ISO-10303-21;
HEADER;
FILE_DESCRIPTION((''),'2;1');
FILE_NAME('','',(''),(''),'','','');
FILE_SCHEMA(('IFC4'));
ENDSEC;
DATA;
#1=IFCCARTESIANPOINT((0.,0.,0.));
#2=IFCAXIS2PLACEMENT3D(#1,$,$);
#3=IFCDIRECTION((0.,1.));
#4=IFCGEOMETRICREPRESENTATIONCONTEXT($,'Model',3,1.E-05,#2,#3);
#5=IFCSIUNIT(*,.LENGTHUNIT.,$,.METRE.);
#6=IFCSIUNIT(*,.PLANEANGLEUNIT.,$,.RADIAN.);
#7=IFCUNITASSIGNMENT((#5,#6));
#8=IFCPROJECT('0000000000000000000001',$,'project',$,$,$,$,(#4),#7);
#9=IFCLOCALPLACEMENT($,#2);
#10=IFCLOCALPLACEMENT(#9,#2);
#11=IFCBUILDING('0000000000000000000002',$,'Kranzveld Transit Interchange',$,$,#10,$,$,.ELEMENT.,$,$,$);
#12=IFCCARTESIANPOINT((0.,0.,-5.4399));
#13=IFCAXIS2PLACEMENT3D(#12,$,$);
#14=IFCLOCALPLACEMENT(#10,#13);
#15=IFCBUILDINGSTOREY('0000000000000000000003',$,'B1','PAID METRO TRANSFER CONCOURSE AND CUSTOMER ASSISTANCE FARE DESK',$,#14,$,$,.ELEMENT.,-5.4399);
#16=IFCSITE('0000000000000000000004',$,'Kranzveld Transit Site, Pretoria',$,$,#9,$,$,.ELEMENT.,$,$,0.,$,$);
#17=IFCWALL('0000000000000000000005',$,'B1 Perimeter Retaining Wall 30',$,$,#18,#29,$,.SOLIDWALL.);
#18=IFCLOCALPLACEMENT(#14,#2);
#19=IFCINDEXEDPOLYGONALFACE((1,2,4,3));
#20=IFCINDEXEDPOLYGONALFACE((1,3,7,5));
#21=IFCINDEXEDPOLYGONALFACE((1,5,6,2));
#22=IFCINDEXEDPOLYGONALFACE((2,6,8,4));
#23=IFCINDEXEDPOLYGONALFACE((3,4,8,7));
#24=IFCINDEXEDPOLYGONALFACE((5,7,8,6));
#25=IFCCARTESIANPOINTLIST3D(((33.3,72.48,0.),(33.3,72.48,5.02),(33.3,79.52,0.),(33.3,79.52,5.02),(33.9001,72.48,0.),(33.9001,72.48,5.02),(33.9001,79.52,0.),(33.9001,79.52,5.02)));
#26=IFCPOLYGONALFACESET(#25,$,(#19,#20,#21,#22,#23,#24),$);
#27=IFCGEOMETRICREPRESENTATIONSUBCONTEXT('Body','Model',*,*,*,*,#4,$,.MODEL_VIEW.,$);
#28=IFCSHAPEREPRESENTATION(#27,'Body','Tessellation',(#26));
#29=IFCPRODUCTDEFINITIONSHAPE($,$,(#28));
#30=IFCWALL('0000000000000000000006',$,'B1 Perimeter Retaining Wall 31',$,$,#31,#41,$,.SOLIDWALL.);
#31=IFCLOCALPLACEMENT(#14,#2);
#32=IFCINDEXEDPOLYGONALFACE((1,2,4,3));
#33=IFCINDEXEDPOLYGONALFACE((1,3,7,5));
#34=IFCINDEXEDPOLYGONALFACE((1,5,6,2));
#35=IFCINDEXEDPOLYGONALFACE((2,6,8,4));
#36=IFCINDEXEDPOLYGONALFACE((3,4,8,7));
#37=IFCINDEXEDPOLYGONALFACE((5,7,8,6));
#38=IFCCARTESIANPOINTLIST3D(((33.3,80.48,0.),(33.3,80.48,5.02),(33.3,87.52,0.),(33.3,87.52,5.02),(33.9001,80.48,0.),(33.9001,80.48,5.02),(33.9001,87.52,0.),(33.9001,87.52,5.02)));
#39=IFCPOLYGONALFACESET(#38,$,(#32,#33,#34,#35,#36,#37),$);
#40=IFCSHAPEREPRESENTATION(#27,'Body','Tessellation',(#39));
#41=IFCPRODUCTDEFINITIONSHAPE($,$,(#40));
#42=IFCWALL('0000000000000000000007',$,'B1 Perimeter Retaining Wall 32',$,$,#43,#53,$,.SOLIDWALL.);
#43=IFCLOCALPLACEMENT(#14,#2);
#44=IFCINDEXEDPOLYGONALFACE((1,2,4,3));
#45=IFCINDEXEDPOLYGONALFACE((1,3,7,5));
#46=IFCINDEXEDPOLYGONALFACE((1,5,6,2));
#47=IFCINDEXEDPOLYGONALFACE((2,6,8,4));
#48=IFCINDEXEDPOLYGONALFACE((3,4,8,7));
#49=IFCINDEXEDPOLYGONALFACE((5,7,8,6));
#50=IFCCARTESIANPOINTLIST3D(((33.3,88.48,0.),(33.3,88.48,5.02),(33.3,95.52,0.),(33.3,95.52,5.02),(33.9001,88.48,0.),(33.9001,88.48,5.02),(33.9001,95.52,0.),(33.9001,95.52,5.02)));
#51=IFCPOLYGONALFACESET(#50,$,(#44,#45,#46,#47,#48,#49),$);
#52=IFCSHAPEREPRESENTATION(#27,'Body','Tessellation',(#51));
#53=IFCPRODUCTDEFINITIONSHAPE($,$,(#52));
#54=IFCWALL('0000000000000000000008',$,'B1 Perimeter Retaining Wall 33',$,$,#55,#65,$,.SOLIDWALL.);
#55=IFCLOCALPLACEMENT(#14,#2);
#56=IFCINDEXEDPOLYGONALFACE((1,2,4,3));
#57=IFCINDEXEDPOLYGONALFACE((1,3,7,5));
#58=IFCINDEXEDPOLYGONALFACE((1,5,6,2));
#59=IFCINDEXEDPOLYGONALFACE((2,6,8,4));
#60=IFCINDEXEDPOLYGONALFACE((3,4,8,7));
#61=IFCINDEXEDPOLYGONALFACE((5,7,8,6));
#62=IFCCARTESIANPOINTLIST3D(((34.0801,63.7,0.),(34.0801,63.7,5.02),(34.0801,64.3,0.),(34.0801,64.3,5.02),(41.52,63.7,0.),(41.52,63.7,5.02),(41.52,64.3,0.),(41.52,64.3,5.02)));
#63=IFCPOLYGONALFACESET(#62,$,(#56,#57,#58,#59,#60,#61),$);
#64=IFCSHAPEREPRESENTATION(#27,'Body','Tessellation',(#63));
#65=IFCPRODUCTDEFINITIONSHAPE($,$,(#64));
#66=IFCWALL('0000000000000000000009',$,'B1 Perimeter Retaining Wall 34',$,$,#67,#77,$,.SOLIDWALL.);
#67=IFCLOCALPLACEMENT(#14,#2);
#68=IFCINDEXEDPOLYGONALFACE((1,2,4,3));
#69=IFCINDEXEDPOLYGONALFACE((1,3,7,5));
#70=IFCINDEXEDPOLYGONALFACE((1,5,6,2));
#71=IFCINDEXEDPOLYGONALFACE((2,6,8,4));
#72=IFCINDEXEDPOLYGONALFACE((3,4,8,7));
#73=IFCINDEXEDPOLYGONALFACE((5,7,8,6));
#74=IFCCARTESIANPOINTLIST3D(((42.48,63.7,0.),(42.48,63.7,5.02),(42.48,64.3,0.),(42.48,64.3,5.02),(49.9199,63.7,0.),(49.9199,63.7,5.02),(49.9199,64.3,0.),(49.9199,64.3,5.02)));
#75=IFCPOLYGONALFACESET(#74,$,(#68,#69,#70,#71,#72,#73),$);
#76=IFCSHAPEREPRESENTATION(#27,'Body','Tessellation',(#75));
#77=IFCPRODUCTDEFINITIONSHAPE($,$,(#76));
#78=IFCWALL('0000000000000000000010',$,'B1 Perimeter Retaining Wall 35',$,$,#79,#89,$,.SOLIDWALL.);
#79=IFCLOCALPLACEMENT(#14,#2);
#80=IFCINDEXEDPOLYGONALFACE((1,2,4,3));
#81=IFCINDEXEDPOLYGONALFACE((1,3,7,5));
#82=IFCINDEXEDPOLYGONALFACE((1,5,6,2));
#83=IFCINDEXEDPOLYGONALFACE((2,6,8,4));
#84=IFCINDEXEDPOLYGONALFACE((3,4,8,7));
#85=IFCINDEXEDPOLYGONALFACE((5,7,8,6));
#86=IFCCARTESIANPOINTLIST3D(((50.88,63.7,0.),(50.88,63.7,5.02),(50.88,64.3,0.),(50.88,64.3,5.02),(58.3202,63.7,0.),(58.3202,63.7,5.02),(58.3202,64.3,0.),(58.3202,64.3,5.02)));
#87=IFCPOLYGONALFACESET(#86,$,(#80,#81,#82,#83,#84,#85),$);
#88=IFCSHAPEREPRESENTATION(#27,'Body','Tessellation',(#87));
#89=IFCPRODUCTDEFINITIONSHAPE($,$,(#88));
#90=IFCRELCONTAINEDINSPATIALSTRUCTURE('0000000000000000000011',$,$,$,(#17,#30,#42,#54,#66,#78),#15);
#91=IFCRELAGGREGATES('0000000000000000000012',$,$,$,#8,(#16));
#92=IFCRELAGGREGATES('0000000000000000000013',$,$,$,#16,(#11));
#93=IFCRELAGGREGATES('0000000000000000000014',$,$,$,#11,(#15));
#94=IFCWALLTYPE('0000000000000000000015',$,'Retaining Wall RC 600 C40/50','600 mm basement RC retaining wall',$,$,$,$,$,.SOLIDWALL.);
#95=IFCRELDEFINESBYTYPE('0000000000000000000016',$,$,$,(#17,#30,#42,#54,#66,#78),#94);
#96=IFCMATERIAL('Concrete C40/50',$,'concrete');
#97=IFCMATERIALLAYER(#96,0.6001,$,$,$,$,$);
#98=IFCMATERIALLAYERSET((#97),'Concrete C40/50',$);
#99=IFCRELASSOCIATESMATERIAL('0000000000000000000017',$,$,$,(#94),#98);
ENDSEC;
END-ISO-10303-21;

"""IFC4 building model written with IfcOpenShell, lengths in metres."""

from ifc_helpers import new_model, si_unit, direction, frame, frame_2d, origin, place, context, subcontext, project, spatial, rectangle, extrude, material, layer, layer_set, type_object, element, save


model = new_model("IFC4")

# Units and contexts
model_context = context("Model", 3, precision=1e-05, world=origin(), true_north=direction((0.0, 1.0)))
body_context = subcontext(model_context, "Body", "Model", "MODEL_VIEW")
ifc_project = project(units=[si_unit("LENGTHUNIT", "METRE"), si_unit("PLANEANGLEUNIT", "RADIAN")], contexts=[model_context])

# Site, building, storey
site_placement = place(None, origin())
site = spatial("IfcSite", under=ifc_project, at=site_placement, Name="Kranzveld Transit Site, Pretoria", CompositionType="ELEMENT", RefElevation=0.0)
building_placement = place(site_placement, origin())
building = spatial("IfcBuilding", under=site, at=building_placement, Name="Kranzveld Transit Interchange", CompositionType="ELEMENT")
storey_placement = place(building_placement, frame((0.0, 0.0, -5.4399)))
storey = spatial("IfcBuildingStorey", under=building, at=storey_placement, Name="B1", Description="PAID METRO TRANSFER CONCOURSE AND CUSTOMER ASSISTANCE FARE DESK", CompositionType="ELEMENT", Elevation=-5.4399)

# Walls
ifc_material_1 = material(Name="Concrete C40/50", Category="concrete")
ifc_layer_1 = layer(ifc_material_1, 0.6001)
ifc_layer_set_1 = layer_set([ifc_layer_1], Name="Concrete C40/50")
wall_type_1 = type_object("IfcWallType", Name="Retaining Wall RC 600 C40/50", Description="600 mm basement RC retaining wall", PredefinedType="SOLIDWALL", material=ifc_layer_set_1)
for number, where, z_axis, x_axis, name in (
    (1, (33.6001, 72.48, 0.0), (0.0, 0.0, 1.0), (0.0, 1.0, 0.0), "B1 Perimeter Retaining Wall 30"),
    (2, (33.6001, 80.48, 0.0), (0.0, 0.0, 1.0), (0.0, 1.0, 0.0), "B1 Perimeter Retaining Wall 31"),
    (3, (33.6001, 88.48, 0.0), (0.0, 0.0, 1.0), (0.0, 1.0, 0.0), "B1 Perimeter Retaining Wall 32"),
):
    element("IfcWall", number, at=place(storey_placement, frame(where, z_axis=z_axis, x_axis=x_axis)), inside=storey, type_object=wall_type_1, Name=name, PredefinedType="SOLIDWALL", context=body_context, shape_type="SweptSolid", body=[
        extrude(rectangle(XDim=7.04, YDim=0.6001, at=frame_2d((3.52, 0.0))), origin(), (0.0, 0.0, 1.0), 5.02),
    ])
for number, where, z_axis, x_axis, name in (
    (4, (34.0801, 64.0, 0.0), (0.0, 0.0, 1.0), (1.0, 0.0, 0.0), "B1 Perimeter Retaining Wall 33"),
    (5, (42.48, 64.0, 0.0), (0.0, 0.0, 1.0), (1.0, 0.0, 0.0), "B1 Perimeter Retaining Wall 34"),
):
    element("IfcWall", number, at=place(storey_placement, frame(where, z_axis=z_axis, x_axis=x_axis)), inside=storey, type_object=wall_type_1, Name=name, PredefinedType="SOLIDWALL", context=body_context, shape_type="SweptSolid", body=[
        extrude(rectangle(XDim=7.4399, YDim=0.6001, at=frame_2d((3.72, 0.0))), origin(), (0.0, 0.0, 1.0), 5.02),
    ])
wall_1_placement = place(storey_placement, frame((50.8799, 64.0, 0.0), z_axis=(0.0, 0.0, 1.0), x_axis=(1.0, 0.0, 0.0)))
element("IfcWall", 6, at=wall_1_placement, inside=storey, type_object=wall_type_1, Name="B1 Perimeter Retaining Wall 35", PredefinedType="SOLIDWALL", context=body_context, shape_type="SweptSolid", body=[
    extrude(rectangle(XDim=7.4402, YDim=0.6001, at=frame_2d((3.7202, 0.0))), origin(), (0.0, 0.0, 1.0), 5.02),
])

save(model, "model.ifc")
